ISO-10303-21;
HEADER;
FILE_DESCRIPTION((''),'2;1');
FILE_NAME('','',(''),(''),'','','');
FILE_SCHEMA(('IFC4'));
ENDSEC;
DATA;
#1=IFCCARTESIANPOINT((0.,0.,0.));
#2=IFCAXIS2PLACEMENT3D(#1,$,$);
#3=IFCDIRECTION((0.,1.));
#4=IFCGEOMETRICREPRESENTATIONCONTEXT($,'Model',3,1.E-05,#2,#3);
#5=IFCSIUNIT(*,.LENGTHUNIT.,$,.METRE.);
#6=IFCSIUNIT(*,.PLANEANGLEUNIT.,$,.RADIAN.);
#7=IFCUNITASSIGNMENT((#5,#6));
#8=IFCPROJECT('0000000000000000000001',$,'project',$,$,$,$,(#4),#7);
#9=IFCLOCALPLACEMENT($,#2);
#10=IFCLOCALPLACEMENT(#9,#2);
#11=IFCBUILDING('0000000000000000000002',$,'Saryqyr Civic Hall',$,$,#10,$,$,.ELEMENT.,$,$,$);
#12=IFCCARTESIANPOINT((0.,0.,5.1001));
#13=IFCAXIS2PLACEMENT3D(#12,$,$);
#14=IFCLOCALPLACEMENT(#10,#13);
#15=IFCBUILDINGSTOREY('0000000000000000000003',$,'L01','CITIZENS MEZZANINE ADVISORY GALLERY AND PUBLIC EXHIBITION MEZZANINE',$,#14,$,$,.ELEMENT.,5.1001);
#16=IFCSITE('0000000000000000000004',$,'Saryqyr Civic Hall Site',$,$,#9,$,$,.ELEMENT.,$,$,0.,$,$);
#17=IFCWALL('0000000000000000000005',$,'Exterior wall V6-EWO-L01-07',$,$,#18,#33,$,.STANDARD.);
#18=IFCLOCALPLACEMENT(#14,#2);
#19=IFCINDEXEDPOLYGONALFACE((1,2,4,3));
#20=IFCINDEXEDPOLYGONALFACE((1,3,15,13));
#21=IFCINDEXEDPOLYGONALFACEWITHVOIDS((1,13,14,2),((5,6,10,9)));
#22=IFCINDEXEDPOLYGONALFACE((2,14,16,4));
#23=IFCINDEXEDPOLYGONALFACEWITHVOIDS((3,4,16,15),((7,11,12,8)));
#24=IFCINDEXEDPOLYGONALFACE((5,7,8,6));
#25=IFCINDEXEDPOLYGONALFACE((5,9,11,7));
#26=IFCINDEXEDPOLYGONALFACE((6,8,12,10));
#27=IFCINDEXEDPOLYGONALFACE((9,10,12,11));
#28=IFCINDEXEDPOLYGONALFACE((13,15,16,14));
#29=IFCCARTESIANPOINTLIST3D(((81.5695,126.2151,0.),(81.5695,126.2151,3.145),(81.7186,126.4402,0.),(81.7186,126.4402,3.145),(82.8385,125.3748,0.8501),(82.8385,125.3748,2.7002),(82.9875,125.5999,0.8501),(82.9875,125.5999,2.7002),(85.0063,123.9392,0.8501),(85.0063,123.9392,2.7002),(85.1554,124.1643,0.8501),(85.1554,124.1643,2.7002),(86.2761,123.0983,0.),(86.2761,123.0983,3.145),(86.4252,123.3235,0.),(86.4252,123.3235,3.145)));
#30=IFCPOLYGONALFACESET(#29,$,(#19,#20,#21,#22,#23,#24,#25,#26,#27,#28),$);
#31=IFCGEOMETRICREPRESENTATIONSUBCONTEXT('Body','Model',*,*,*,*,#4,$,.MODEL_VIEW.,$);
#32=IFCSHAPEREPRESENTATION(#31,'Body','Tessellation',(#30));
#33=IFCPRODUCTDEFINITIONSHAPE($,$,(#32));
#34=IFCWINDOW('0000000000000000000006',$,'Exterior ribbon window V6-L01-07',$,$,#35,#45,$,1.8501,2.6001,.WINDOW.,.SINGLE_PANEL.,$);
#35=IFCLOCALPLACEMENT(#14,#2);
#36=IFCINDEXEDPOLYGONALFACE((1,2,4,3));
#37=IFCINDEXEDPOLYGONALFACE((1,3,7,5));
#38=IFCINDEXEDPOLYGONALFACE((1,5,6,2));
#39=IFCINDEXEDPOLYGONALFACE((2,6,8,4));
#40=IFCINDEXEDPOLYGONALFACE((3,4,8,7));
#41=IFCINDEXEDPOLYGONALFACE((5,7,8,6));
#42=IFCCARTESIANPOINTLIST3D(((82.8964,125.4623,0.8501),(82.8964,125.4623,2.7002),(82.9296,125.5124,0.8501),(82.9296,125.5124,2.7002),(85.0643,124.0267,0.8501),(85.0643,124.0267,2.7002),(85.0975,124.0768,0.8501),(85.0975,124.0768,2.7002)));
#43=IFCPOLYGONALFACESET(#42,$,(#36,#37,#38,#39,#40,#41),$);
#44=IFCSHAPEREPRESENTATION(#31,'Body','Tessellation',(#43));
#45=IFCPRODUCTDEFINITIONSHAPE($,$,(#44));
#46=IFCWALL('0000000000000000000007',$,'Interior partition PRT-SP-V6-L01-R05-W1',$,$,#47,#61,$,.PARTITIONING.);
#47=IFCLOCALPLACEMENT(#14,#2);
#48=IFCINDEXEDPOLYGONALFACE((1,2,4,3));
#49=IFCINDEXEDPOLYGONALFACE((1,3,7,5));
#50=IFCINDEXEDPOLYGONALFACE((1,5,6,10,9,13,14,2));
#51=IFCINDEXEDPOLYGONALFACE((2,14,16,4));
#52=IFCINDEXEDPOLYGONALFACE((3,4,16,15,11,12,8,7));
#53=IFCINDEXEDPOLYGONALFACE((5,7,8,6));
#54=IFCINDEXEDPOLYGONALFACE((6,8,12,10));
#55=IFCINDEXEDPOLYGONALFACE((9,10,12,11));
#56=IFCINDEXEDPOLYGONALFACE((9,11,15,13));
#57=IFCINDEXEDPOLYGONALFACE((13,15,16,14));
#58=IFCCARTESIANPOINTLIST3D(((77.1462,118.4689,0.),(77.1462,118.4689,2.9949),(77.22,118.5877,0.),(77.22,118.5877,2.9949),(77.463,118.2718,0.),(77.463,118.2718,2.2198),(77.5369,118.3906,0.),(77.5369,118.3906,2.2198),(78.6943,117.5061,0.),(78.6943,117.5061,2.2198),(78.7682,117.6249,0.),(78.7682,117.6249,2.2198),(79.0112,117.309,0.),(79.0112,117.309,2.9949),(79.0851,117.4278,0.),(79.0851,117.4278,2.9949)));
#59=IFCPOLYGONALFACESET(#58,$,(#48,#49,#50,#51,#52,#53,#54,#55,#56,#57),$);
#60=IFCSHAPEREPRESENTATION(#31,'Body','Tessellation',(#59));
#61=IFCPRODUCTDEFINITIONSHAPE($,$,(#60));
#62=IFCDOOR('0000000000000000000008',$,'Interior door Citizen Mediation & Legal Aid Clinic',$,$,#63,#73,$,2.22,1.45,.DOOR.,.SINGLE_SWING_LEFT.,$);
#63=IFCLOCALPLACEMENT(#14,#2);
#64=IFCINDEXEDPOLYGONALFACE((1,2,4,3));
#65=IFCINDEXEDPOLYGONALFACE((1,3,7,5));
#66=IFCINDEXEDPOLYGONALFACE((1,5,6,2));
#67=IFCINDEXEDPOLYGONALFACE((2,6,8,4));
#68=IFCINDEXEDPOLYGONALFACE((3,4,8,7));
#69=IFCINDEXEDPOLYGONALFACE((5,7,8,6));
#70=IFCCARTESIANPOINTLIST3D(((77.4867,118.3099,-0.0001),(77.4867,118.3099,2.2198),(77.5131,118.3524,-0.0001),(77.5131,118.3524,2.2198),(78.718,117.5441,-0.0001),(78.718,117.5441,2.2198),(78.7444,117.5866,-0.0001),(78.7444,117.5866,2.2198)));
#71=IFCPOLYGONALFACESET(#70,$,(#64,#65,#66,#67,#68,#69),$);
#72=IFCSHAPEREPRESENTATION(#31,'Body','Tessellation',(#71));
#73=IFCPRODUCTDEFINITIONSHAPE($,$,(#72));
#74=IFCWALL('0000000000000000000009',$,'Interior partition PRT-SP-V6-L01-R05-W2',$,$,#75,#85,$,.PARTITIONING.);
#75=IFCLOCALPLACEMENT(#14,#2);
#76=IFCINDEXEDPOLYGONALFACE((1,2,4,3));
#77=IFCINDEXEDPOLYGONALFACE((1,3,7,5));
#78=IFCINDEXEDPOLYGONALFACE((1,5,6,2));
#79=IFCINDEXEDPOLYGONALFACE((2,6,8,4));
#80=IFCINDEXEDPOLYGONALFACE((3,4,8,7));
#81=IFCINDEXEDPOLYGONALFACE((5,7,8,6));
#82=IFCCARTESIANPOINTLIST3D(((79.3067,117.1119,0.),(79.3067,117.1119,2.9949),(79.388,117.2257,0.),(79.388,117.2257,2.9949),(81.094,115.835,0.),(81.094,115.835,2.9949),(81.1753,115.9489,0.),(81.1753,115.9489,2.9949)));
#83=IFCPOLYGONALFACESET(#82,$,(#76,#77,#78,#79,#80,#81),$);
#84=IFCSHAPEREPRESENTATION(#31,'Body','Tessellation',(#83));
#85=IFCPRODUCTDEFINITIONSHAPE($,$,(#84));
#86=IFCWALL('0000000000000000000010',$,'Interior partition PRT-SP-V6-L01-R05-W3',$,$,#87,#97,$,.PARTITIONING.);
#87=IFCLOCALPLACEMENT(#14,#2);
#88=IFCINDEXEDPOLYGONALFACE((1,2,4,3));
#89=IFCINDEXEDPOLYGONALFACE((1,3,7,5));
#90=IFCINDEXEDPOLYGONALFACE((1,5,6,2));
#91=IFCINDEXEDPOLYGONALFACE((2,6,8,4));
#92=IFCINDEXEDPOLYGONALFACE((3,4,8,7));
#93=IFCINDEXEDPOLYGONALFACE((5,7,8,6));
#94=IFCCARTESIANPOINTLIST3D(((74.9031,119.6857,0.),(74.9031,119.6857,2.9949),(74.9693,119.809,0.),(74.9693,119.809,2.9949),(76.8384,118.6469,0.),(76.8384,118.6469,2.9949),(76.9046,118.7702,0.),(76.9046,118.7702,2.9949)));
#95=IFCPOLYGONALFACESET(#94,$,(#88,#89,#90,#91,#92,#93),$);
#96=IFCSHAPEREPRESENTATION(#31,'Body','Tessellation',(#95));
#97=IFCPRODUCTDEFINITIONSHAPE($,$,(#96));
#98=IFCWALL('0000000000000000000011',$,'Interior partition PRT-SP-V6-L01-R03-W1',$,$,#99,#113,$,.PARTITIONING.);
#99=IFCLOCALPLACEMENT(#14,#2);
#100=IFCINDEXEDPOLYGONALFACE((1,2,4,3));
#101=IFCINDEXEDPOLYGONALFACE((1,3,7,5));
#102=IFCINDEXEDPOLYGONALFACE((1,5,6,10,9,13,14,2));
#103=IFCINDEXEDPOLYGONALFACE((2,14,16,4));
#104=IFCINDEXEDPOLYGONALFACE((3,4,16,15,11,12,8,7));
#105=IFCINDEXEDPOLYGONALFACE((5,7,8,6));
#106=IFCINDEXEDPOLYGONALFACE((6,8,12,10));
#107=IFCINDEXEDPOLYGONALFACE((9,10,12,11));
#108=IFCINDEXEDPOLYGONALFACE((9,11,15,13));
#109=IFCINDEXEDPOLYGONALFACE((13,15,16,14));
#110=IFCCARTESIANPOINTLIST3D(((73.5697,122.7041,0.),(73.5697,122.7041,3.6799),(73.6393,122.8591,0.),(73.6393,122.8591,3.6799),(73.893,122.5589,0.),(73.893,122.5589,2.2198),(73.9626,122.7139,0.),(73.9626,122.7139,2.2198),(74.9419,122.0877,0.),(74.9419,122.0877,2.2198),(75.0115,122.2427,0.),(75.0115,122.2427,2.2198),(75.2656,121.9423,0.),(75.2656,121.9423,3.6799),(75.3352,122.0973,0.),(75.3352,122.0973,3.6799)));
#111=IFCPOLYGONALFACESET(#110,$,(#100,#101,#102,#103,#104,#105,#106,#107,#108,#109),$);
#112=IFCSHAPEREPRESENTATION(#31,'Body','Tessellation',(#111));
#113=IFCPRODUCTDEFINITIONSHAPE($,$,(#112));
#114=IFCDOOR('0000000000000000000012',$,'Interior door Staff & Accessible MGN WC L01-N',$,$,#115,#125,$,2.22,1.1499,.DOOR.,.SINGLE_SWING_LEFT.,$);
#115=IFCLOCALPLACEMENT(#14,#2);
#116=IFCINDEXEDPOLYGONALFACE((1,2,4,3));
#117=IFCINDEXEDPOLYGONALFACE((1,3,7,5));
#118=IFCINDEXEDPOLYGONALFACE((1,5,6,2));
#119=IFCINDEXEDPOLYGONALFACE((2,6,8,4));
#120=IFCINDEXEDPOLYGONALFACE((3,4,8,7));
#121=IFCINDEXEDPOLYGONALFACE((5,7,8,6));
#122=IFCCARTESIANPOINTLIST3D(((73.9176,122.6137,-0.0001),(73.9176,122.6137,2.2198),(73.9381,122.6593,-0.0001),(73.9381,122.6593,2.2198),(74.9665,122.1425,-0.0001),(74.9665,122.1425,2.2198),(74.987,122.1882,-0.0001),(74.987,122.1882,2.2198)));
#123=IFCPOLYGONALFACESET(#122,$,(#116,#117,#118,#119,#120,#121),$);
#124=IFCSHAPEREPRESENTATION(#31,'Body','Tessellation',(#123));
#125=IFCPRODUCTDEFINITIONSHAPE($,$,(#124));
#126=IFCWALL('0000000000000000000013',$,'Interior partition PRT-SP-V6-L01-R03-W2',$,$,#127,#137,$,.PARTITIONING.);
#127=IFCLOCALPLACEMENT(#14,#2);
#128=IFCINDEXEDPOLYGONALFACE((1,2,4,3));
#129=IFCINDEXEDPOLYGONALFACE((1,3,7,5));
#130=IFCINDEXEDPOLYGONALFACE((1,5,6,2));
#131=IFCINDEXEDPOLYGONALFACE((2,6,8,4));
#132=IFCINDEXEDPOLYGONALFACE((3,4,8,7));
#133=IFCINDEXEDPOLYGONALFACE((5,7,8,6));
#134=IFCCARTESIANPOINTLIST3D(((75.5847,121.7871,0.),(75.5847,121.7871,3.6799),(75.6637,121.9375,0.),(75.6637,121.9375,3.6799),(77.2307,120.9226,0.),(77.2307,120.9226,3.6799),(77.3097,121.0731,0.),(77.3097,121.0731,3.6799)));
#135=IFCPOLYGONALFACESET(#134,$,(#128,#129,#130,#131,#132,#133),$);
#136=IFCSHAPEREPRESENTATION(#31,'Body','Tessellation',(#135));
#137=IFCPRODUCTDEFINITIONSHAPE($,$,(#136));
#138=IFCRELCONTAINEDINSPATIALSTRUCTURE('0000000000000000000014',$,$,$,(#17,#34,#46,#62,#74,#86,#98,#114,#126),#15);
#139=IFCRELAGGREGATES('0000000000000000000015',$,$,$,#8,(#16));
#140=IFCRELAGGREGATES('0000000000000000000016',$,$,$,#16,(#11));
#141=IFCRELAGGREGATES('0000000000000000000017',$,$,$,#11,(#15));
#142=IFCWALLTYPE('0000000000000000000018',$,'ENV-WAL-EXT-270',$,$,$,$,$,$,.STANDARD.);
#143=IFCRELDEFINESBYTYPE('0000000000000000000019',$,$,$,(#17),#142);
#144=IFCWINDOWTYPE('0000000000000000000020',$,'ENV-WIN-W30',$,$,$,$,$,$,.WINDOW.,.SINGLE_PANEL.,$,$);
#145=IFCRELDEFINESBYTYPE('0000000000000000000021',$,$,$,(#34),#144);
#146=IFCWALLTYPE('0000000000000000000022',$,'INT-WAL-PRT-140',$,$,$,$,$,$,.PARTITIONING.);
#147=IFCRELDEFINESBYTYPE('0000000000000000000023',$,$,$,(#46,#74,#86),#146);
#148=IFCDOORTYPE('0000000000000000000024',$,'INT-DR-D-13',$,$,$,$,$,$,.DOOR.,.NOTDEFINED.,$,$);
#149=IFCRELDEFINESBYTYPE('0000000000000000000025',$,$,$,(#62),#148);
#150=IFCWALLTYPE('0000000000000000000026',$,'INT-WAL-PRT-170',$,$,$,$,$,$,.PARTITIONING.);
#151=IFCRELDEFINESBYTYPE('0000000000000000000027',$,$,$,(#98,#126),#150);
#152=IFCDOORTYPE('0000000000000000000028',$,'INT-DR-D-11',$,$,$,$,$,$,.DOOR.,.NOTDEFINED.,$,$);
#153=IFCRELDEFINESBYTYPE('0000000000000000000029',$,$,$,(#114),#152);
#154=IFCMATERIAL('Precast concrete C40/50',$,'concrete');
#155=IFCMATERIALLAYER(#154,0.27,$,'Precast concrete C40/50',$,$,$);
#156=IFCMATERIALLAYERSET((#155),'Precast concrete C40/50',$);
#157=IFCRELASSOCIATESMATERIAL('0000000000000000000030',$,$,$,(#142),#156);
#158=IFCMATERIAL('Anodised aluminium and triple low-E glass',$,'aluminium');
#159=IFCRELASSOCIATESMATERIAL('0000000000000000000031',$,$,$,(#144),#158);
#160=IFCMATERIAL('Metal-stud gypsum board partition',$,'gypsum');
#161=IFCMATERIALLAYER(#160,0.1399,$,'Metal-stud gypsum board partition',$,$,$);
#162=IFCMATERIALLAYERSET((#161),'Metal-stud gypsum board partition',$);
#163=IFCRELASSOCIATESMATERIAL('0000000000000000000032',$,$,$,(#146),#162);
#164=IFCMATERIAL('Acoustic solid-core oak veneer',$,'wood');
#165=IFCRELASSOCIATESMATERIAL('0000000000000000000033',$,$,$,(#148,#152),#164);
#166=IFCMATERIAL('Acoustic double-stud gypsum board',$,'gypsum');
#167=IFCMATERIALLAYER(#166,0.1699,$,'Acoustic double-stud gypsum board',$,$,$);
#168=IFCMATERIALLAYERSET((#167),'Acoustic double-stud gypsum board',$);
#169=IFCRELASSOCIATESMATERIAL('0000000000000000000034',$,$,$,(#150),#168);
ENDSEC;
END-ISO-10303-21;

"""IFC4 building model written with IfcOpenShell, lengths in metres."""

from ifc_helpers import new_model, si_unit, direction, frame, frame_2d, origin, place, context, subcontext, project, spatial, rectangle, extrude, material, layer, layer_set, type_object, element, fill, save


model = new_model("IFC4")

# Units and contexts
model_context = context("Model", 3, precision=1e-05, world=origin(), true_north=direction((0.0, 1.0)))
body_context = subcontext(model_context, "Body", "Model", "MODEL_VIEW")
ifc_project = project(units=[si_unit("LENGTHUNIT", "METRE"), si_unit("PLANEANGLEUNIT", "RADIAN")], contexts=[model_context])

# Site, building, storey
site_placement = place(None, origin())
site = spatial("IfcSite", under=ifc_project, at=site_placement, Name="Saryqyr Civic Hall Site", CompositionType="ELEMENT", RefElevation=0.0)
building_placement = place(site_placement, origin())
building = spatial("IfcBuilding", under=site, at=building_placement, Name="Saryqyr Civic Hall", CompositionType="ELEMENT")
storey_placement = place(building_placement, frame((0.0, 0.0, 5.1001)))
storey = spatial("IfcBuildingStorey", under=building, at=storey_placement, Name="L01", Description="CITIZENS MEZZANINE ADVISORY GALLERY AND PUBLIC EXHIBITION MEZZANINE", CompositionType="ELEMENT", Elevation=5.1001)

# Shared definitions
ifc_material_1 = material(Name="Anodised aluminium and triple low-E glass", Category="aluminium")

# Shared definitions
ifc_material_2 = material(Name="Precast concrete C40/50", Category="concrete")

# Wall, opening, window
ifc_layer_1 = layer(ifc_material_2, 0.27, Name="Precast concrete C40/50")
ifc_layer_set_1 = layer_set([ifc_layer_1], Name="Precast concrete C40/50")
wall_type_1 = type_object("IfcWallType", Name="ENV-WAL-EXT-270", PredefinedType="STANDARD", material=ifc_layer_set_1)
wall_1_placement = place(storey_placement, frame((81.644, 126.3276, 0.0), z_axis=(0.0, 0.0, 1.0), x_axis=(0.833763, -0.552123, 0.0)))
wall_1 = element("IfcWall", 1, at=wall_1_placement, inside=storey, type_object=wall_type_1, Name="Exterior wall V6-EWO-L01-07", PredefinedType="STANDARD", context=body_context, shape_type="SweptSolid", body=[
    extrude(rectangle(XDim=5.645, YDim=0.27, at=frame_2d((2.8225, 0.0))), origin(), (0.0, 0.0, 1.0), 3.145),
])
opening_1_placement = place(wall_1_placement, frame((1.522, 0.0, 0.8501)))
opening_1 = element("IfcOpeningElement", 2, at=opening_1_placement, cuts=wall_1, PredefinedType="OPENING", context=body_context, shape_type="SweptSolid", body=[
    extrude(rectangle(XDim=2.6001, YDim=1.8501, at=frame_2d((1.3, 0.925))), frame((0.0, 0.145, 0.0), z_axis=(0.0, -1.0, 0.0), x_axis=(1.0, 0.0, 0.0)), (0.0, 0.0, 1.0), 0.29),
])
window_type = type_object("IfcWindowType", Name="ENV-WIN-W30", PartitioningType="SINGLE_PANEL", PredefinedType="WINDOW", material=ifc_material_1)
window_placement = place(opening_1_placement, origin())
window = element("IfcWindow", 3, at=window_placement, inside=storey, type_object=window_type, Name="Exterior ribbon window V6-L01-07", OverallHeight=1.8501, OverallWidth=2.6001, PartitioningType="SINGLE_PANEL", PredefinedType="WINDOW", context=body_context, shape_type="SweptSolid", body=[
    extrude(rectangle(XDim=2.6001, YDim=1.8501, at=frame_2d((1.3, 0.925))), frame((0.0, 0.03, 0.0), z_axis=(0.0, -1.0, 0.0), x_axis=(1.0, 0.0, 0.0)), (0.0, 0.0, 1.0), 0.0601),
])
fill(opening_1, window)

# Wall, opening, door
ifc_material_3 = material(Name="Metal-stud gypsum board partition", Category="gypsum")
ifc_layer_2 = layer(ifc_material_3, 0.1399, Name="Metal-stud gypsum board partition")
ifc_layer_set_2 = layer_set([ifc_layer_2], Name="Metal-stud gypsum board partition")
wall_type_2 = type_object("IfcWallType", Name="INT-WAL-PRT-140", PredefinedType="PARTITIONING", material=ifc_layer_set_2)
wall_2_placement = place(storey_placement, frame((77.1831, 118.5283, 0.0), z_axis=(0.0, 0.0, 1.0), x_axis=(0.849164, -0.528129, 0.0)))
wall_2 = element("IfcWall", 4, at=wall_2_placement, inside=storey, type_object=wall_type_2, Name="Interior partition PRT-SP-V6-L01-R05-W1", PredefinedType="PARTITIONING", context=body_context, shape_type="SweptSolid", body=[
    extrude(rectangle(XDim=2.1963, YDim=0.1399, at=frame_2d((1.0981, 0.0))), origin(), (0.0, 0.0, 1.0), 2.9949),
])
opening_2_placement = place(wall_2_placement, frame((0.373, 0.0, 0.0)))
opening_2 = element("IfcOpeningElement", 5, at=opening_2_placement, cuts=wall_2, PredefinedType="OPENING", context=body_context, shape_type="SweptSolid", body=[
    extrude(rectangle(XDim=1.45, YDim=2.22, at=frame_2d((0.7251, 1.1099))), frame((0.0, 0.0798, 0.0), z_axis=(0.0, -1.0, 0.0), x_axis=(1.0, 0.0, 0.0)), (0.0, 0.0, 1.0), 0.1599),
])
ifc_material_4 = material(Name="Acoustic solid-core oak veneer", Category="wood")
door_type_1 = type_object("IfcDoorType", Name="INT-DR-D-13", OperationType="NOTDEFINED", PredefinedType="DOOR", material=ifc_material_4)
door_1_placement = place(opening_2_placement, origin())
door_1 = element("IfcDoor", 6, at=door_1_placement, inside=storey, type_object=door_type_1, Name="Interior door Citizen Mediation & Legal Aid Clinic", OperationType="SINGLE_SWING_LEFT", OverallHeight=2.22, OverallWidth=1.45, PredefinedType="DOOR", context=body_context, shape_type="SweptSolid", body=[
    extrude(rectangle(XDim=1.45, YDim=2.22, at=frame_2d((0.7251, 1.1099))), frame((0.0, 0.0249, 0.0), z_axis=(0.0, -1.0, 0.0), x_axis=(1.0, 0.0, 0.0)), (0.0, 0.0, 1.0), 0.05),
])
fill(opening_2, door_1)

# Walls
for number, where, z_axis, x_axis, name in (
    (7, (79.3474, 117.1687, 0.0), (0.0, 0.0, 1.0), (0.813696, -0.581291, 0.0), "Interior partition PRT-SP-V6-L01-R05-W2"),
    (8, (74.9363, 119.7473, 0.0), (0.0, 0.0, 1.0), (0.881091, -0.472946, 0.0), "Interior partition PRT-SP-V6-L01-R05-W3"),
):
    element("IfcWall", number, at=place(storey_placement, frame(where, z_axis=z_axis, x_axis=x_axis)), inside=storey, type_object=wall_type_2, Name=name, PredefinedType="PARTITIONING", context=body_context, shape_type="SweptSolid", body=[
        extrude(rectangle(XDim=2.1965, YDim=0.1399, at=frame_2d((1.0981, 0.0))), origin(), (0.0, 0.0, 1.0), 2.9949),
    ])

# Wall, opening, door
ifc_material_5 = material(Name="Acoustic double-stud gypsum board", Category="gypsum")
ifc_layer_3 = layer(ifc_material_5, 0.1699, Name="Acoustic double-stud gypsum board")
ifc_layer_set_3 = layer_set([ifc_layer_3], Name="Acoustic double-stud gypsum board")
wall_type_3 = type_object("IfcWallType", Name="INT-WAL-PRT-170", PredefinedType="PARTITIONING", material=ifc_layer_set_3)
wall_3_placement = place(storey_placement, frame((75.3005, 122.0198, 0.0), z_axis=(0.0, 0.0, 1.0), x_axis=(-0.912201, 0.409742, 0.0)))
wall_3 = element("IfcWall", 9, at=wall_3_placement, inside=storey, type_object=wall_type_3, Name="Interior partition PRT-SP-V6-L01-R03-W1", PredefinedType="PARTITIONING", context=body_context, shape_type="SweptSolid", body=[
    extrude(rectangle(XDim=1.8591, YDim=0.1699, at=frame_2d((0.9297, 0.0))), origin(), (0.0, 0.0, 1.0), 3.6799),
])
opening_3_placement = place(wall_3_placement, frame((0.355, 0.0, 0.0)))
opening_3 = element("IfcOpeningElement", 10, at=opening_3_placement, cuts=wall_3, PredefinedType="OPENING", context=body_context, shape_type="SweptSolid", body=[
    extrude(rectangle(XDim=1.1499, YDim=2.22, at=frame_2d((0.575, 1.1099))), frame((0.0, 0.095, 0.0), z_axis=(0.0, -1.0, 0.0), x_axis=(1.0, 0.0, 0.0)), (0.0, 0.0, 1.0), 0.1899),
])
door_type_2 = type_object("IfcDoorType", Name="INT-DR-D-11", OperationType="NOTDEFINED", PredefinedType="DOOR", material=ifc_material_4)
door_2_placement = place(opening_3_placement, origin())
door_2 = element("IfcDoor", 11, at=door_2_placement, inside=storey, type_object=door_type_2, Name="Interior door Staff & Accessible MGN WC L01-N", OperationType="SINGLE_SWING_LEFT", OverallHeight=2.22, OverallWidth=1.1499, PredefinedType="DOOR", context=body_context, shape_type="SweptSolid", body=[
    extrude(rectangle(XDim=1.1499, YDim=2.22, at=frame_2d((0.575, 1.1099))), frame((0.0, 0.0249, 0.0), z_axis=(0.0, -1.0, 0.0), x_axis=(1.0, 0.0, 0.0)), (0.0, 0.0, 1.0), 0.05),
])
fill(opening_3, door_2)

# Wall
wall_4_placement = place(storey_placement, frame((77.2703, 120.9978, 0.0), z_axis=(0.0, 0.0, 1.0), x_axis=(-0.88532, 0.464983, 0.0)))
element("IfcWall", 12, at=wall_4_placement, inside=storey, type_object=wall_type_3, Name="Interior partition PRT-SP-V6-L01-R03-W2", PredefinedType="PARTITIONING", context=body_context, shape_type="SweptSolid", body=[
    extrude(rectangle(XDim=1.8591, YDim=0.1699, at=frame_2d((0.9297, 0.0))), origin(), (0.0, 0.0, 1.0), 3.6799),
])

save(model, "model.ifc")
